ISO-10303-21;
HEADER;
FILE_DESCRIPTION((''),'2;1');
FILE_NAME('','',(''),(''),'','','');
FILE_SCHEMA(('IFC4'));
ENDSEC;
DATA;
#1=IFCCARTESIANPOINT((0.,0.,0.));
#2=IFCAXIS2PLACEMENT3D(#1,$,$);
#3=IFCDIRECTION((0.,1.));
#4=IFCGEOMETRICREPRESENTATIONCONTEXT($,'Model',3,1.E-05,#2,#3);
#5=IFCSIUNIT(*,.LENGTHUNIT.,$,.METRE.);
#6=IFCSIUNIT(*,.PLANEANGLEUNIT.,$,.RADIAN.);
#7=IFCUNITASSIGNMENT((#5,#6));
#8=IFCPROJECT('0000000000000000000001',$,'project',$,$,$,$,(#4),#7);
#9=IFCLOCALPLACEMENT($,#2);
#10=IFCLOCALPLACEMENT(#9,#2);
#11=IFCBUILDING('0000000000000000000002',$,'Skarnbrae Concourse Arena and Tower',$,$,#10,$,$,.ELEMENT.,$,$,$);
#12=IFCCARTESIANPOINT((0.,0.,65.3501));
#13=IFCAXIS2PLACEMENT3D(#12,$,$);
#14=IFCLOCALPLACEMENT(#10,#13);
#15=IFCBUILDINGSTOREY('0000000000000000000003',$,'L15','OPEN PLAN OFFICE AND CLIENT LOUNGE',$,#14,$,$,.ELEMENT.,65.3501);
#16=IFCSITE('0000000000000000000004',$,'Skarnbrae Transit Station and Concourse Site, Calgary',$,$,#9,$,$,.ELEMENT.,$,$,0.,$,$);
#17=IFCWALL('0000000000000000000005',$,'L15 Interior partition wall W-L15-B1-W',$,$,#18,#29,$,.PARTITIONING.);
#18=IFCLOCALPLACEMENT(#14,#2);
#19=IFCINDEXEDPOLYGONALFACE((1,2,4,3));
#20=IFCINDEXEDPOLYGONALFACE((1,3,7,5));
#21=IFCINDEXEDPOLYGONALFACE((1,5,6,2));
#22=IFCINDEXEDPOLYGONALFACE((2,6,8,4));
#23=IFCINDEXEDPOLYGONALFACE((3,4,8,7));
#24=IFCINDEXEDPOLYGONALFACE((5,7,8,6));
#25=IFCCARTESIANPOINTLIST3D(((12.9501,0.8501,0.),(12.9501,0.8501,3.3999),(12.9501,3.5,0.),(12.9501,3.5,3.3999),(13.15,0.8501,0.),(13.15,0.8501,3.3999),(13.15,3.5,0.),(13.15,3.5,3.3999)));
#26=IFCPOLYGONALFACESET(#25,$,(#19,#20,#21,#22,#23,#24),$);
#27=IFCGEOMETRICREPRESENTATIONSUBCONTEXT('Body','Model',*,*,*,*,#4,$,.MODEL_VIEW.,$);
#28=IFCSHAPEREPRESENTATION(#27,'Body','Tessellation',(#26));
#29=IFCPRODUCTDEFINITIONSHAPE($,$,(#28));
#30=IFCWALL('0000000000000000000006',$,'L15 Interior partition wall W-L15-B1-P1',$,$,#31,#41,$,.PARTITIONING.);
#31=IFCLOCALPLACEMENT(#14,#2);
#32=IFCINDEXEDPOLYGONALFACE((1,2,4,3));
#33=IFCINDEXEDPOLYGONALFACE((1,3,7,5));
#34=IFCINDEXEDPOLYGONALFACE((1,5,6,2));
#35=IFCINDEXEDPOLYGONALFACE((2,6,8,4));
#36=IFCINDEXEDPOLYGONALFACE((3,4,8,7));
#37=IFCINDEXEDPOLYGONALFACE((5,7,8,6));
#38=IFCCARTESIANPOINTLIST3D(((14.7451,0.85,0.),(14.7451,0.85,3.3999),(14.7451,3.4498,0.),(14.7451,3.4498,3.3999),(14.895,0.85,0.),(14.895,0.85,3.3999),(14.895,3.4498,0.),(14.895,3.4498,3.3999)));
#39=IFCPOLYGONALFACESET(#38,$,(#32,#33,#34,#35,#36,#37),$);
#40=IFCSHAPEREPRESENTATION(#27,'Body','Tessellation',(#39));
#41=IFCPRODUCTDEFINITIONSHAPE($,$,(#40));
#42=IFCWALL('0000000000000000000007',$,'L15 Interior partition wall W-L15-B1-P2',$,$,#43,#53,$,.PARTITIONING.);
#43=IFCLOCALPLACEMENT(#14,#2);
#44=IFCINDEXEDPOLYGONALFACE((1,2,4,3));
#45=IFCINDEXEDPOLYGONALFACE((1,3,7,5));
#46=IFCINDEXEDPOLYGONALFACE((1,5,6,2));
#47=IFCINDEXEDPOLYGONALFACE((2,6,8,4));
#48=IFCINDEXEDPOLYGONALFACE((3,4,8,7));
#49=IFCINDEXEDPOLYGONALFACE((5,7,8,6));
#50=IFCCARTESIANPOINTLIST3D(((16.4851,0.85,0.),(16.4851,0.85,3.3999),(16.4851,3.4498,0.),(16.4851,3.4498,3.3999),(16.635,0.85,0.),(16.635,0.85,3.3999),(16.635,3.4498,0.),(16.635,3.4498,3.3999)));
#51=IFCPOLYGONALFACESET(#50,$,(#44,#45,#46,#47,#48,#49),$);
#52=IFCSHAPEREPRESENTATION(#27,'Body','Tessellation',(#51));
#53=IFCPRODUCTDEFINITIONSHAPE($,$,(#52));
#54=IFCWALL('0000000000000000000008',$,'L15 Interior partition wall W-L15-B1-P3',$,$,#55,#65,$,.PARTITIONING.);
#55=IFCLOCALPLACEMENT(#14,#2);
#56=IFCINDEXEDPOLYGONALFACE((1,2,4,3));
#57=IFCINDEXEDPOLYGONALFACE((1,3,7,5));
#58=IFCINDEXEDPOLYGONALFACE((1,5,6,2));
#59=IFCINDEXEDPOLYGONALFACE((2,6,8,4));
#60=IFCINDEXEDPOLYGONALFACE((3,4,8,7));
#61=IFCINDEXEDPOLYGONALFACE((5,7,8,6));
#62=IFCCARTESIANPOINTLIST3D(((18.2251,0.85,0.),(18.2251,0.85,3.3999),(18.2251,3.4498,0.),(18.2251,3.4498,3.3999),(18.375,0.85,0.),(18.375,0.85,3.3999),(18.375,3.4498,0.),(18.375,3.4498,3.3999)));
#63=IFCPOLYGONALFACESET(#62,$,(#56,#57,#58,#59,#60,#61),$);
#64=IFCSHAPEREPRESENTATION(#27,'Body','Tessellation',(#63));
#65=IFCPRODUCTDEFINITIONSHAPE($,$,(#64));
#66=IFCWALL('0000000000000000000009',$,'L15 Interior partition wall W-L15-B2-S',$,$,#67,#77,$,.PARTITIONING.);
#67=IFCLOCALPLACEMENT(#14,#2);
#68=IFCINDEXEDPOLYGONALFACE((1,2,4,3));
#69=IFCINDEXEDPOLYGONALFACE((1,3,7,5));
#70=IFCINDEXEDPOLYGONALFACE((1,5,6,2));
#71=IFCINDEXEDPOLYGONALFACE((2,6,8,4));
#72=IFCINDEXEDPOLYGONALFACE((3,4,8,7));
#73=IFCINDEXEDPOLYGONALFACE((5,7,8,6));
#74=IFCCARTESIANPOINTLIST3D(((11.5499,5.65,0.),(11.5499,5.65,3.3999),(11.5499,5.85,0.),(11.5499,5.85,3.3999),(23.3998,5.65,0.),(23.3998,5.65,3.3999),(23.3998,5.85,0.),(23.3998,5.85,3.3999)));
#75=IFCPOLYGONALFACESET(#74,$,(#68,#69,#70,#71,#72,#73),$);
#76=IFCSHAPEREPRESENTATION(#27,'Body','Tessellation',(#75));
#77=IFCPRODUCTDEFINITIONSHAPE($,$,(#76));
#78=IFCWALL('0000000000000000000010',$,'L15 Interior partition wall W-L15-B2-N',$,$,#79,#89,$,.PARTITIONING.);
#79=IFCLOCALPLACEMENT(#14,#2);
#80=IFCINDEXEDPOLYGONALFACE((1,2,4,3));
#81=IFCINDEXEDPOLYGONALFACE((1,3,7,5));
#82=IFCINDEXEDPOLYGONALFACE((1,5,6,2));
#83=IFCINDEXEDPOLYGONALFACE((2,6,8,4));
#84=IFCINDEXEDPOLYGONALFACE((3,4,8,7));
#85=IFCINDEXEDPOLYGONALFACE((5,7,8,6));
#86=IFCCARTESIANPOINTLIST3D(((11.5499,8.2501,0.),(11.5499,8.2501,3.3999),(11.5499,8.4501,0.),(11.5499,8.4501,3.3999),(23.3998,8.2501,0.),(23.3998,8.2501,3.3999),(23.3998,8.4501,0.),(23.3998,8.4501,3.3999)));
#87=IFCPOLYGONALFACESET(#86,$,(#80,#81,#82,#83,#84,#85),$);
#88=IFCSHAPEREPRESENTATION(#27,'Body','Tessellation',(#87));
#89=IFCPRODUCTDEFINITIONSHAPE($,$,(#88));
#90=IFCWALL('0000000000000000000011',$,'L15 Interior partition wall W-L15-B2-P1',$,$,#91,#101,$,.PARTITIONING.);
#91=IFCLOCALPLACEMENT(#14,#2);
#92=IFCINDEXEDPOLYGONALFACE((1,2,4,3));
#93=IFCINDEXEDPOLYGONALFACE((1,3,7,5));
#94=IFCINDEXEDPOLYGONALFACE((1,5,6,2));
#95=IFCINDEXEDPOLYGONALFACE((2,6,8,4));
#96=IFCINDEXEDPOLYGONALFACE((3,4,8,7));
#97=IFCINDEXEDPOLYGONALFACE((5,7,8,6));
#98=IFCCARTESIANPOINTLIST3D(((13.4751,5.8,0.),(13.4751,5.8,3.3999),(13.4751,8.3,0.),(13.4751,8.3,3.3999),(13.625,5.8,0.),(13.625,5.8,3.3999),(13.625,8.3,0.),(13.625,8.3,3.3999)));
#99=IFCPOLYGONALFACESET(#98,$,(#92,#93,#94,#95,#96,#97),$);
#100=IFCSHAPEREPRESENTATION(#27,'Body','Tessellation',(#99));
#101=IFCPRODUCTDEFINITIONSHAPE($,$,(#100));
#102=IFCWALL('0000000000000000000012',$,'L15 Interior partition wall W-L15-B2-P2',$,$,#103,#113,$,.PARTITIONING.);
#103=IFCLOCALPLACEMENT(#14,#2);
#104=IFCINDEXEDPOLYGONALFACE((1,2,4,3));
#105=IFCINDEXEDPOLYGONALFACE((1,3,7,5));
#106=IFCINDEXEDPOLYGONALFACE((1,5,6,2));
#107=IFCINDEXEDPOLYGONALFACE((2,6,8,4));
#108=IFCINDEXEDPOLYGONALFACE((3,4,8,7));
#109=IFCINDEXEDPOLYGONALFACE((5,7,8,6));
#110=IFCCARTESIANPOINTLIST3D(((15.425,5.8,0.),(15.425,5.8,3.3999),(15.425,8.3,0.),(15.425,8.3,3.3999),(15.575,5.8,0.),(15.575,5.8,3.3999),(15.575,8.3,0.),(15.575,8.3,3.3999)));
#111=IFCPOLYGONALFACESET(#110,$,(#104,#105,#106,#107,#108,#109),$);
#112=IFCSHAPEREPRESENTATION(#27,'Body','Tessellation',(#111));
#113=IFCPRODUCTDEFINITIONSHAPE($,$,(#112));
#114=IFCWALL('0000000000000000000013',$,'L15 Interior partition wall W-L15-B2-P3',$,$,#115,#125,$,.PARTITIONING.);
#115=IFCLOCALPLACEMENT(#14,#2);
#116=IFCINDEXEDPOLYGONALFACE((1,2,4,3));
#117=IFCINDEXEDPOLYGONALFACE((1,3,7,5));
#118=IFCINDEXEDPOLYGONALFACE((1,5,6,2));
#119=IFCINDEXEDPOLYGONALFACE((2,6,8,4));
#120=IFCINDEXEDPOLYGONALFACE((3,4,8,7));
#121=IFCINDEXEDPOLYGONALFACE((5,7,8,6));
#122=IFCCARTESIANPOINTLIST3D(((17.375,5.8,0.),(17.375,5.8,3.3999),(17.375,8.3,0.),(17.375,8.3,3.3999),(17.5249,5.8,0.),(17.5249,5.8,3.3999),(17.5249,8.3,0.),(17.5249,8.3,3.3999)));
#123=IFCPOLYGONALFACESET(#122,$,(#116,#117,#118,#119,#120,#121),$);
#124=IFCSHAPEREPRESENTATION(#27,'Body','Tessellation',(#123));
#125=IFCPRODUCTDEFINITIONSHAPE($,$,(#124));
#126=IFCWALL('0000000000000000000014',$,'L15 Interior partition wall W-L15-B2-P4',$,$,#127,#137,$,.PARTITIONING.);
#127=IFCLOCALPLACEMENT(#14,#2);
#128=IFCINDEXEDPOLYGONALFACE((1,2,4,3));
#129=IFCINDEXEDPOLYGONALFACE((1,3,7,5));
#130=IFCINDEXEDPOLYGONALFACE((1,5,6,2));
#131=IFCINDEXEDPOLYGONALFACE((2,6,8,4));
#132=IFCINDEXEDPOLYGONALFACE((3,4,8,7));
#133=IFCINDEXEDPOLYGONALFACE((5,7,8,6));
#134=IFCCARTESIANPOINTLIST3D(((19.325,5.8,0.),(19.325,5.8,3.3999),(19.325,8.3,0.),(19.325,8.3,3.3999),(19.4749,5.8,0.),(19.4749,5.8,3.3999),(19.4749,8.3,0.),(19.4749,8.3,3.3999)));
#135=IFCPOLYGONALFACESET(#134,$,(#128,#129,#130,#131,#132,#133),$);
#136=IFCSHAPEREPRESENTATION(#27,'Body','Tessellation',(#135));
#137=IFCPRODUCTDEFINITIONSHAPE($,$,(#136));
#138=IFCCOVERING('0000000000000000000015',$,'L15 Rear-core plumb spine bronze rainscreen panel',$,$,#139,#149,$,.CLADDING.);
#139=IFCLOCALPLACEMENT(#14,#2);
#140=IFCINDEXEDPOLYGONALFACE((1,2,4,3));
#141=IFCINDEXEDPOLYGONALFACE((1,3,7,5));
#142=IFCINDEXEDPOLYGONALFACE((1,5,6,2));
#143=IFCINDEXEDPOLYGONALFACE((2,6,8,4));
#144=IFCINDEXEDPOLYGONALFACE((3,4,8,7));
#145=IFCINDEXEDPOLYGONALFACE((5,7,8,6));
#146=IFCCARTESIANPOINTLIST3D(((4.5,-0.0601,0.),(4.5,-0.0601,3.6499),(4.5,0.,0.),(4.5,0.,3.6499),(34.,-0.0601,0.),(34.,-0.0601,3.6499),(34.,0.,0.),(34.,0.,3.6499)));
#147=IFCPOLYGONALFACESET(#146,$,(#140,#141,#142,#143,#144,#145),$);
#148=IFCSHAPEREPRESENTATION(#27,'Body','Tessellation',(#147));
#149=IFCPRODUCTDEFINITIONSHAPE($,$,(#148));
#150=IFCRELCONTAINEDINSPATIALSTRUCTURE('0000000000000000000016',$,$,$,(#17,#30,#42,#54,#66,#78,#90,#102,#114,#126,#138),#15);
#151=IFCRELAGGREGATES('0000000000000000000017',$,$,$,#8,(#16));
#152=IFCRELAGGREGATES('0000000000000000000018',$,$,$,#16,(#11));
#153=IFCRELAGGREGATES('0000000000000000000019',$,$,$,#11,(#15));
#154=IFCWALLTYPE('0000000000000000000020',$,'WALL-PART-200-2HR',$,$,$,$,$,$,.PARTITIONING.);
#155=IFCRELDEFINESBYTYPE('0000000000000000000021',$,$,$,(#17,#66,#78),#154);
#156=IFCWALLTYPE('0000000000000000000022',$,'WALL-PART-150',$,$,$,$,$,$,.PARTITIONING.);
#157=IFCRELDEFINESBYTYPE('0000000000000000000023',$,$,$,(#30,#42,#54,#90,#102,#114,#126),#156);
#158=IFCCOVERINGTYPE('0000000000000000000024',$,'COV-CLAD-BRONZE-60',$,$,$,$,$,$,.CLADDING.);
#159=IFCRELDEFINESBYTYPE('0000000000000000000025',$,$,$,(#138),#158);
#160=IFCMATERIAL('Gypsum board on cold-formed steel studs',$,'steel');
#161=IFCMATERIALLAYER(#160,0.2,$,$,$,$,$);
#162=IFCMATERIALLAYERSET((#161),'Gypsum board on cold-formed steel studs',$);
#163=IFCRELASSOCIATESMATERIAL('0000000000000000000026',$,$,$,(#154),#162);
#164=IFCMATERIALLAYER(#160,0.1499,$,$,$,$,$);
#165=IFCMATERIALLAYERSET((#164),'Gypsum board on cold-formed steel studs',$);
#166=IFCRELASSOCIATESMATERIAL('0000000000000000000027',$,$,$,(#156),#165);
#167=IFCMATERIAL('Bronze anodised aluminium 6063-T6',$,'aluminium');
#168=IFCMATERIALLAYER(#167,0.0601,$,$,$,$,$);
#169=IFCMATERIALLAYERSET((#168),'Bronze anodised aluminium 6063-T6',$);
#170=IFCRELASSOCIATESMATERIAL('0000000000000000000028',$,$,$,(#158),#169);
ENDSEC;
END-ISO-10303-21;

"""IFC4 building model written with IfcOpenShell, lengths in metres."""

from ifc_helpers import new_model, si_unit, direction, frame, frame_2d, origin, origin_2d, place, context, subcontext, project, spatial, rectangle, extrude, source, transform, mapped, material, layer, layer_set, type_object, element, save


model = new_model("IFC4")

# Units and contexts
model_context = context("Model", 3, precision=1e-05, world=origin(), true_north=direction((0.0, 1.0)))
body_context = subcontext(model_context, "Body", "Model", "MODEL_VIEW")
ifc_project = project(units=[si_unit("LENGTHUNIT", "METRE"), si_unit("PLANEANGLEUNIT", "RADIAN")], contexts=[model_context])

# Site, building, storey
site_placement = place(None, origin())
site = spatial("IfcSite", under=ifc_project, at=site_placement, Name="Skarnbrae Transit Station and Concourse Site, Calgary", CompositionType="ELEMENT", RefElevation=0.0)
building_placement = place(site_placement, origin())
building = spatial("IfcBuilding", under=site, at=building_placement, Name="Skarnbrae Concourse Arena and Tower", CompositionType="ELEMENT")
storey_placement = place(building_placement, frame((0.0, 0.0, 65.3501)))
storey = spatial("IfcBuildingStorey", under=building, at=storey_placement, Name="L15", Description="OPEN PLAN OFFICE AND CLIENT LOUNGE", CompositionType="ELEMENT", Elevation=65.3501)

# Shared definitions
ifc_material_1 = material(Name="Gypsum board on cold-formed steel studs", Category="steel")
ifc_layer_1 = layer(ifc_material_1, 0.2)
ifc_layer_set_1 = layer_set([ifc_layer_1], Name="Gypsum board on cold-formed steel studs")
wall_type_1 = type_object("IfcWallType", Name="WALL-PART-200-2HR", PredefinedType="PARTITIONING", material=ifc_layer_set_1)

# Wall
shared_shape_1 = source(origin(), body_context, "Body", "SweptSolid", [
    extrude(rectangle(XDim=2.6499, YDim=0.2, at=frame_2d((1.325, 0.0))), origin(), (0.0, 0.0, 1.0), 3.3999),
])
wall_1_placement = place(storey_placement, frame((13.05, 0.8501, 0.0), z_axis=(0.0, 0.0, 1.0), x_axis=(0.0, 1.0, 0.0)))
element("IfcWall", 1, at=wall_1_placement, inside=storey, type_object=wall_type_1, Name="L15 Interior partition wall W-L15-B1-W", PredefinedType="PARTITIONING", context=body_context, shape_type="MappedRepresentation", body=[
    mapped(shared_shape_1, transform((0.0, 0.0, 0.0))),
])

# Shared definitions
ifc_material_2 = material(Name="Bronze anodised aluminium 6063-T6", Category="aluminium")

# Walls
ifc_layer_2 = layer(ifc_material_1, 0.1499)
ifc_layer_set_2 = layer_set([ifc_layer_2], Name="Gypsum board on cold-formed steel studs")
wall_type_2 = type_object("IfcWallType", Name="WALL-PART-150", PredefinedType="PARTITIONING", material=ifc_layer_set_2)
shared_shape_2 = source(origin(), body_context, "Body", "SweptSolid", [
    extrude(rectangle(XDim=2.5999, YDim=0.1499, at=frame_2d((1.2998, 0.0))), origin(), (0.0, 0.0, 1.0), 3.3999),
])
for number, where, z_axis, x_axis, name in (
    (2, (14.8201, 0.8501, 0.0), (0.0, 0.0, 1.0), (0.0, 1.0, 0.0), "L15 Interior partition wall W-L15-B1-P1"),
    (3, (16.5601, 0.8501, 0.0), (0.0, 0.0, 1.0), (0.0, 1.0, 0.0), "L15 Interior partition wall W-L15-B1-P2"),
    (4, (18.3, 0.8501, 0.0), (0.0, 0.0, 1.0), (0.0, 1.0, 0.0), "L15 Interior partition wall W-L15-B1-P3"),
):
    element("IfcWall", number, at=place(storey_placement, frame(where, z_axis=z_axis, x_axis=x_axis)), inside=storey, type_object=wall_type_2, Name=name, PredefinedType="PARTITIONING", context=body_context, shape_type="MappedRepresentation", body=[
        mapped(shared_shape_2, transform((0.0, 0.0, 0.0))),
    ])
shared_shape_3 = source(origin(), body_context, "Body", "SweptSolid", [
    extrude(rectangle(XDim=11.8499, YDim=0.2, at=frame_2d((5.9248, 0.0))), origin(), (0.0, 0.0, 1.0), 3.3999),
])
for number, where, z_axis, x_axis, name in (
    (5, (11.55, 5.75, 0.0), (0.0, 0.0, 1.0), (1.0, 0.0, 0.0), "L15 Interior partition wall W-L15-B2-S"),
    (6, (11.55, 8.3501, 0.0), (0.0, 0.0, 1.0), (1.0, 0.0, 0.0), "L15 Interior partition wall W-L15-B2-N"),
):
    element("IfcWall", number, at=place(storey_placement, frame(where, z_axis=z_axis, x_axis=x_axis)), inside=storey, type_object=wall_type_1, Name=name, PredefinedType="PARTITIONING", context=body_context, shape_type="MappedRepresentation", body=[
        mapped(shared_shape_3, transform((0.0, 0.0, 0.0))),
    ])
shared_shape_4 = source(origin(), body_context, "Body", "SweptSolid", [
    extrude(rectangle(XDim=2.5, YDim=0.1499, at=frame_2d((1.25, 0.0))), origin(), (0.0, 0.0, 1.0), 3.3999),
])
for number, where, z_axis, x_axis, name in (
    (7, (13.55, 5.8, 0.0), (0.0, 0.0, 1.0), (0.0, 1.0, 0.0), "L15 Interior partition wall W-L15-B2-P1"),
    (8, (15.5, 5.8, 0.0), (0.0, 0.0, 1.0), (0.0, 1.0, 0.0), "L15 Interior partition wall W-L15-B2-P2"),
    (9, (17.45, 5.8, 0.0), (0.0, 0.0, 1.0), (0.0, 1.0, 0.0), "L15 Interior partition wall W-L15-B2-P3"),
    (10, (19.3999, 5.8, 0.0), (0.0, 0.0, 1.0), (0.0, 1.0, 0.0), "L15 Interior partition wall W-L15-B2-P4"),
):
    element("IfcWall", number, at=place(storey_placement, frame(where, z_axis=z_axis, x_axis=x_axis)), inside=storey, type_object=wall_type_2, Name=name, PredefinedType="PARTITIONING", context=body_context, shape_type="MappedRepresentation", body=[
        mapped(shared_shape_4, transform((0.0, 0.0, 0.0))),
    ])

# Covering
ifc_layer_3 = layer(ifc_material_2, 0.0601)
ifc_layer_set_3 = layer_set([ifc_layer_3], Name="Bronze anodised aluminium 6063-T6")
covering_type = type_object("IfcCoveringType", Name="COV-CLAD-BRONZE-60", PredefinedType="CLADDING", material=ifc_layer_set_3)
shared_shape_5 = source(origin(), body_context, "Body", "SweptSolid", [
    extrude(rectangle(XDim=29.5, YDim=0.0601, at=origin_2d()), origin(), (0.0, 0.0, 1.0), 3.6499),
])
covering_placement = place(storey_placement, frame((19.25, -0.03, 0.0), z_axis=(0.0, 0.0, 1.0), x_axis=(1.0, 0.0, 0.0)))
element("IfcCovering", 11, at=covering_placement, inside=storey, type_object=covering_type, Name="L15 Rear-core plumb spine bronze rainscreen panel", PredefinedType="CLADDING", context=body_context, shape_type="MappedRepresentation", body=[
    mapped(shared_shape_5, transform((0.0, 0.0, 0.0))),
])

save(model, "model.ifc")
